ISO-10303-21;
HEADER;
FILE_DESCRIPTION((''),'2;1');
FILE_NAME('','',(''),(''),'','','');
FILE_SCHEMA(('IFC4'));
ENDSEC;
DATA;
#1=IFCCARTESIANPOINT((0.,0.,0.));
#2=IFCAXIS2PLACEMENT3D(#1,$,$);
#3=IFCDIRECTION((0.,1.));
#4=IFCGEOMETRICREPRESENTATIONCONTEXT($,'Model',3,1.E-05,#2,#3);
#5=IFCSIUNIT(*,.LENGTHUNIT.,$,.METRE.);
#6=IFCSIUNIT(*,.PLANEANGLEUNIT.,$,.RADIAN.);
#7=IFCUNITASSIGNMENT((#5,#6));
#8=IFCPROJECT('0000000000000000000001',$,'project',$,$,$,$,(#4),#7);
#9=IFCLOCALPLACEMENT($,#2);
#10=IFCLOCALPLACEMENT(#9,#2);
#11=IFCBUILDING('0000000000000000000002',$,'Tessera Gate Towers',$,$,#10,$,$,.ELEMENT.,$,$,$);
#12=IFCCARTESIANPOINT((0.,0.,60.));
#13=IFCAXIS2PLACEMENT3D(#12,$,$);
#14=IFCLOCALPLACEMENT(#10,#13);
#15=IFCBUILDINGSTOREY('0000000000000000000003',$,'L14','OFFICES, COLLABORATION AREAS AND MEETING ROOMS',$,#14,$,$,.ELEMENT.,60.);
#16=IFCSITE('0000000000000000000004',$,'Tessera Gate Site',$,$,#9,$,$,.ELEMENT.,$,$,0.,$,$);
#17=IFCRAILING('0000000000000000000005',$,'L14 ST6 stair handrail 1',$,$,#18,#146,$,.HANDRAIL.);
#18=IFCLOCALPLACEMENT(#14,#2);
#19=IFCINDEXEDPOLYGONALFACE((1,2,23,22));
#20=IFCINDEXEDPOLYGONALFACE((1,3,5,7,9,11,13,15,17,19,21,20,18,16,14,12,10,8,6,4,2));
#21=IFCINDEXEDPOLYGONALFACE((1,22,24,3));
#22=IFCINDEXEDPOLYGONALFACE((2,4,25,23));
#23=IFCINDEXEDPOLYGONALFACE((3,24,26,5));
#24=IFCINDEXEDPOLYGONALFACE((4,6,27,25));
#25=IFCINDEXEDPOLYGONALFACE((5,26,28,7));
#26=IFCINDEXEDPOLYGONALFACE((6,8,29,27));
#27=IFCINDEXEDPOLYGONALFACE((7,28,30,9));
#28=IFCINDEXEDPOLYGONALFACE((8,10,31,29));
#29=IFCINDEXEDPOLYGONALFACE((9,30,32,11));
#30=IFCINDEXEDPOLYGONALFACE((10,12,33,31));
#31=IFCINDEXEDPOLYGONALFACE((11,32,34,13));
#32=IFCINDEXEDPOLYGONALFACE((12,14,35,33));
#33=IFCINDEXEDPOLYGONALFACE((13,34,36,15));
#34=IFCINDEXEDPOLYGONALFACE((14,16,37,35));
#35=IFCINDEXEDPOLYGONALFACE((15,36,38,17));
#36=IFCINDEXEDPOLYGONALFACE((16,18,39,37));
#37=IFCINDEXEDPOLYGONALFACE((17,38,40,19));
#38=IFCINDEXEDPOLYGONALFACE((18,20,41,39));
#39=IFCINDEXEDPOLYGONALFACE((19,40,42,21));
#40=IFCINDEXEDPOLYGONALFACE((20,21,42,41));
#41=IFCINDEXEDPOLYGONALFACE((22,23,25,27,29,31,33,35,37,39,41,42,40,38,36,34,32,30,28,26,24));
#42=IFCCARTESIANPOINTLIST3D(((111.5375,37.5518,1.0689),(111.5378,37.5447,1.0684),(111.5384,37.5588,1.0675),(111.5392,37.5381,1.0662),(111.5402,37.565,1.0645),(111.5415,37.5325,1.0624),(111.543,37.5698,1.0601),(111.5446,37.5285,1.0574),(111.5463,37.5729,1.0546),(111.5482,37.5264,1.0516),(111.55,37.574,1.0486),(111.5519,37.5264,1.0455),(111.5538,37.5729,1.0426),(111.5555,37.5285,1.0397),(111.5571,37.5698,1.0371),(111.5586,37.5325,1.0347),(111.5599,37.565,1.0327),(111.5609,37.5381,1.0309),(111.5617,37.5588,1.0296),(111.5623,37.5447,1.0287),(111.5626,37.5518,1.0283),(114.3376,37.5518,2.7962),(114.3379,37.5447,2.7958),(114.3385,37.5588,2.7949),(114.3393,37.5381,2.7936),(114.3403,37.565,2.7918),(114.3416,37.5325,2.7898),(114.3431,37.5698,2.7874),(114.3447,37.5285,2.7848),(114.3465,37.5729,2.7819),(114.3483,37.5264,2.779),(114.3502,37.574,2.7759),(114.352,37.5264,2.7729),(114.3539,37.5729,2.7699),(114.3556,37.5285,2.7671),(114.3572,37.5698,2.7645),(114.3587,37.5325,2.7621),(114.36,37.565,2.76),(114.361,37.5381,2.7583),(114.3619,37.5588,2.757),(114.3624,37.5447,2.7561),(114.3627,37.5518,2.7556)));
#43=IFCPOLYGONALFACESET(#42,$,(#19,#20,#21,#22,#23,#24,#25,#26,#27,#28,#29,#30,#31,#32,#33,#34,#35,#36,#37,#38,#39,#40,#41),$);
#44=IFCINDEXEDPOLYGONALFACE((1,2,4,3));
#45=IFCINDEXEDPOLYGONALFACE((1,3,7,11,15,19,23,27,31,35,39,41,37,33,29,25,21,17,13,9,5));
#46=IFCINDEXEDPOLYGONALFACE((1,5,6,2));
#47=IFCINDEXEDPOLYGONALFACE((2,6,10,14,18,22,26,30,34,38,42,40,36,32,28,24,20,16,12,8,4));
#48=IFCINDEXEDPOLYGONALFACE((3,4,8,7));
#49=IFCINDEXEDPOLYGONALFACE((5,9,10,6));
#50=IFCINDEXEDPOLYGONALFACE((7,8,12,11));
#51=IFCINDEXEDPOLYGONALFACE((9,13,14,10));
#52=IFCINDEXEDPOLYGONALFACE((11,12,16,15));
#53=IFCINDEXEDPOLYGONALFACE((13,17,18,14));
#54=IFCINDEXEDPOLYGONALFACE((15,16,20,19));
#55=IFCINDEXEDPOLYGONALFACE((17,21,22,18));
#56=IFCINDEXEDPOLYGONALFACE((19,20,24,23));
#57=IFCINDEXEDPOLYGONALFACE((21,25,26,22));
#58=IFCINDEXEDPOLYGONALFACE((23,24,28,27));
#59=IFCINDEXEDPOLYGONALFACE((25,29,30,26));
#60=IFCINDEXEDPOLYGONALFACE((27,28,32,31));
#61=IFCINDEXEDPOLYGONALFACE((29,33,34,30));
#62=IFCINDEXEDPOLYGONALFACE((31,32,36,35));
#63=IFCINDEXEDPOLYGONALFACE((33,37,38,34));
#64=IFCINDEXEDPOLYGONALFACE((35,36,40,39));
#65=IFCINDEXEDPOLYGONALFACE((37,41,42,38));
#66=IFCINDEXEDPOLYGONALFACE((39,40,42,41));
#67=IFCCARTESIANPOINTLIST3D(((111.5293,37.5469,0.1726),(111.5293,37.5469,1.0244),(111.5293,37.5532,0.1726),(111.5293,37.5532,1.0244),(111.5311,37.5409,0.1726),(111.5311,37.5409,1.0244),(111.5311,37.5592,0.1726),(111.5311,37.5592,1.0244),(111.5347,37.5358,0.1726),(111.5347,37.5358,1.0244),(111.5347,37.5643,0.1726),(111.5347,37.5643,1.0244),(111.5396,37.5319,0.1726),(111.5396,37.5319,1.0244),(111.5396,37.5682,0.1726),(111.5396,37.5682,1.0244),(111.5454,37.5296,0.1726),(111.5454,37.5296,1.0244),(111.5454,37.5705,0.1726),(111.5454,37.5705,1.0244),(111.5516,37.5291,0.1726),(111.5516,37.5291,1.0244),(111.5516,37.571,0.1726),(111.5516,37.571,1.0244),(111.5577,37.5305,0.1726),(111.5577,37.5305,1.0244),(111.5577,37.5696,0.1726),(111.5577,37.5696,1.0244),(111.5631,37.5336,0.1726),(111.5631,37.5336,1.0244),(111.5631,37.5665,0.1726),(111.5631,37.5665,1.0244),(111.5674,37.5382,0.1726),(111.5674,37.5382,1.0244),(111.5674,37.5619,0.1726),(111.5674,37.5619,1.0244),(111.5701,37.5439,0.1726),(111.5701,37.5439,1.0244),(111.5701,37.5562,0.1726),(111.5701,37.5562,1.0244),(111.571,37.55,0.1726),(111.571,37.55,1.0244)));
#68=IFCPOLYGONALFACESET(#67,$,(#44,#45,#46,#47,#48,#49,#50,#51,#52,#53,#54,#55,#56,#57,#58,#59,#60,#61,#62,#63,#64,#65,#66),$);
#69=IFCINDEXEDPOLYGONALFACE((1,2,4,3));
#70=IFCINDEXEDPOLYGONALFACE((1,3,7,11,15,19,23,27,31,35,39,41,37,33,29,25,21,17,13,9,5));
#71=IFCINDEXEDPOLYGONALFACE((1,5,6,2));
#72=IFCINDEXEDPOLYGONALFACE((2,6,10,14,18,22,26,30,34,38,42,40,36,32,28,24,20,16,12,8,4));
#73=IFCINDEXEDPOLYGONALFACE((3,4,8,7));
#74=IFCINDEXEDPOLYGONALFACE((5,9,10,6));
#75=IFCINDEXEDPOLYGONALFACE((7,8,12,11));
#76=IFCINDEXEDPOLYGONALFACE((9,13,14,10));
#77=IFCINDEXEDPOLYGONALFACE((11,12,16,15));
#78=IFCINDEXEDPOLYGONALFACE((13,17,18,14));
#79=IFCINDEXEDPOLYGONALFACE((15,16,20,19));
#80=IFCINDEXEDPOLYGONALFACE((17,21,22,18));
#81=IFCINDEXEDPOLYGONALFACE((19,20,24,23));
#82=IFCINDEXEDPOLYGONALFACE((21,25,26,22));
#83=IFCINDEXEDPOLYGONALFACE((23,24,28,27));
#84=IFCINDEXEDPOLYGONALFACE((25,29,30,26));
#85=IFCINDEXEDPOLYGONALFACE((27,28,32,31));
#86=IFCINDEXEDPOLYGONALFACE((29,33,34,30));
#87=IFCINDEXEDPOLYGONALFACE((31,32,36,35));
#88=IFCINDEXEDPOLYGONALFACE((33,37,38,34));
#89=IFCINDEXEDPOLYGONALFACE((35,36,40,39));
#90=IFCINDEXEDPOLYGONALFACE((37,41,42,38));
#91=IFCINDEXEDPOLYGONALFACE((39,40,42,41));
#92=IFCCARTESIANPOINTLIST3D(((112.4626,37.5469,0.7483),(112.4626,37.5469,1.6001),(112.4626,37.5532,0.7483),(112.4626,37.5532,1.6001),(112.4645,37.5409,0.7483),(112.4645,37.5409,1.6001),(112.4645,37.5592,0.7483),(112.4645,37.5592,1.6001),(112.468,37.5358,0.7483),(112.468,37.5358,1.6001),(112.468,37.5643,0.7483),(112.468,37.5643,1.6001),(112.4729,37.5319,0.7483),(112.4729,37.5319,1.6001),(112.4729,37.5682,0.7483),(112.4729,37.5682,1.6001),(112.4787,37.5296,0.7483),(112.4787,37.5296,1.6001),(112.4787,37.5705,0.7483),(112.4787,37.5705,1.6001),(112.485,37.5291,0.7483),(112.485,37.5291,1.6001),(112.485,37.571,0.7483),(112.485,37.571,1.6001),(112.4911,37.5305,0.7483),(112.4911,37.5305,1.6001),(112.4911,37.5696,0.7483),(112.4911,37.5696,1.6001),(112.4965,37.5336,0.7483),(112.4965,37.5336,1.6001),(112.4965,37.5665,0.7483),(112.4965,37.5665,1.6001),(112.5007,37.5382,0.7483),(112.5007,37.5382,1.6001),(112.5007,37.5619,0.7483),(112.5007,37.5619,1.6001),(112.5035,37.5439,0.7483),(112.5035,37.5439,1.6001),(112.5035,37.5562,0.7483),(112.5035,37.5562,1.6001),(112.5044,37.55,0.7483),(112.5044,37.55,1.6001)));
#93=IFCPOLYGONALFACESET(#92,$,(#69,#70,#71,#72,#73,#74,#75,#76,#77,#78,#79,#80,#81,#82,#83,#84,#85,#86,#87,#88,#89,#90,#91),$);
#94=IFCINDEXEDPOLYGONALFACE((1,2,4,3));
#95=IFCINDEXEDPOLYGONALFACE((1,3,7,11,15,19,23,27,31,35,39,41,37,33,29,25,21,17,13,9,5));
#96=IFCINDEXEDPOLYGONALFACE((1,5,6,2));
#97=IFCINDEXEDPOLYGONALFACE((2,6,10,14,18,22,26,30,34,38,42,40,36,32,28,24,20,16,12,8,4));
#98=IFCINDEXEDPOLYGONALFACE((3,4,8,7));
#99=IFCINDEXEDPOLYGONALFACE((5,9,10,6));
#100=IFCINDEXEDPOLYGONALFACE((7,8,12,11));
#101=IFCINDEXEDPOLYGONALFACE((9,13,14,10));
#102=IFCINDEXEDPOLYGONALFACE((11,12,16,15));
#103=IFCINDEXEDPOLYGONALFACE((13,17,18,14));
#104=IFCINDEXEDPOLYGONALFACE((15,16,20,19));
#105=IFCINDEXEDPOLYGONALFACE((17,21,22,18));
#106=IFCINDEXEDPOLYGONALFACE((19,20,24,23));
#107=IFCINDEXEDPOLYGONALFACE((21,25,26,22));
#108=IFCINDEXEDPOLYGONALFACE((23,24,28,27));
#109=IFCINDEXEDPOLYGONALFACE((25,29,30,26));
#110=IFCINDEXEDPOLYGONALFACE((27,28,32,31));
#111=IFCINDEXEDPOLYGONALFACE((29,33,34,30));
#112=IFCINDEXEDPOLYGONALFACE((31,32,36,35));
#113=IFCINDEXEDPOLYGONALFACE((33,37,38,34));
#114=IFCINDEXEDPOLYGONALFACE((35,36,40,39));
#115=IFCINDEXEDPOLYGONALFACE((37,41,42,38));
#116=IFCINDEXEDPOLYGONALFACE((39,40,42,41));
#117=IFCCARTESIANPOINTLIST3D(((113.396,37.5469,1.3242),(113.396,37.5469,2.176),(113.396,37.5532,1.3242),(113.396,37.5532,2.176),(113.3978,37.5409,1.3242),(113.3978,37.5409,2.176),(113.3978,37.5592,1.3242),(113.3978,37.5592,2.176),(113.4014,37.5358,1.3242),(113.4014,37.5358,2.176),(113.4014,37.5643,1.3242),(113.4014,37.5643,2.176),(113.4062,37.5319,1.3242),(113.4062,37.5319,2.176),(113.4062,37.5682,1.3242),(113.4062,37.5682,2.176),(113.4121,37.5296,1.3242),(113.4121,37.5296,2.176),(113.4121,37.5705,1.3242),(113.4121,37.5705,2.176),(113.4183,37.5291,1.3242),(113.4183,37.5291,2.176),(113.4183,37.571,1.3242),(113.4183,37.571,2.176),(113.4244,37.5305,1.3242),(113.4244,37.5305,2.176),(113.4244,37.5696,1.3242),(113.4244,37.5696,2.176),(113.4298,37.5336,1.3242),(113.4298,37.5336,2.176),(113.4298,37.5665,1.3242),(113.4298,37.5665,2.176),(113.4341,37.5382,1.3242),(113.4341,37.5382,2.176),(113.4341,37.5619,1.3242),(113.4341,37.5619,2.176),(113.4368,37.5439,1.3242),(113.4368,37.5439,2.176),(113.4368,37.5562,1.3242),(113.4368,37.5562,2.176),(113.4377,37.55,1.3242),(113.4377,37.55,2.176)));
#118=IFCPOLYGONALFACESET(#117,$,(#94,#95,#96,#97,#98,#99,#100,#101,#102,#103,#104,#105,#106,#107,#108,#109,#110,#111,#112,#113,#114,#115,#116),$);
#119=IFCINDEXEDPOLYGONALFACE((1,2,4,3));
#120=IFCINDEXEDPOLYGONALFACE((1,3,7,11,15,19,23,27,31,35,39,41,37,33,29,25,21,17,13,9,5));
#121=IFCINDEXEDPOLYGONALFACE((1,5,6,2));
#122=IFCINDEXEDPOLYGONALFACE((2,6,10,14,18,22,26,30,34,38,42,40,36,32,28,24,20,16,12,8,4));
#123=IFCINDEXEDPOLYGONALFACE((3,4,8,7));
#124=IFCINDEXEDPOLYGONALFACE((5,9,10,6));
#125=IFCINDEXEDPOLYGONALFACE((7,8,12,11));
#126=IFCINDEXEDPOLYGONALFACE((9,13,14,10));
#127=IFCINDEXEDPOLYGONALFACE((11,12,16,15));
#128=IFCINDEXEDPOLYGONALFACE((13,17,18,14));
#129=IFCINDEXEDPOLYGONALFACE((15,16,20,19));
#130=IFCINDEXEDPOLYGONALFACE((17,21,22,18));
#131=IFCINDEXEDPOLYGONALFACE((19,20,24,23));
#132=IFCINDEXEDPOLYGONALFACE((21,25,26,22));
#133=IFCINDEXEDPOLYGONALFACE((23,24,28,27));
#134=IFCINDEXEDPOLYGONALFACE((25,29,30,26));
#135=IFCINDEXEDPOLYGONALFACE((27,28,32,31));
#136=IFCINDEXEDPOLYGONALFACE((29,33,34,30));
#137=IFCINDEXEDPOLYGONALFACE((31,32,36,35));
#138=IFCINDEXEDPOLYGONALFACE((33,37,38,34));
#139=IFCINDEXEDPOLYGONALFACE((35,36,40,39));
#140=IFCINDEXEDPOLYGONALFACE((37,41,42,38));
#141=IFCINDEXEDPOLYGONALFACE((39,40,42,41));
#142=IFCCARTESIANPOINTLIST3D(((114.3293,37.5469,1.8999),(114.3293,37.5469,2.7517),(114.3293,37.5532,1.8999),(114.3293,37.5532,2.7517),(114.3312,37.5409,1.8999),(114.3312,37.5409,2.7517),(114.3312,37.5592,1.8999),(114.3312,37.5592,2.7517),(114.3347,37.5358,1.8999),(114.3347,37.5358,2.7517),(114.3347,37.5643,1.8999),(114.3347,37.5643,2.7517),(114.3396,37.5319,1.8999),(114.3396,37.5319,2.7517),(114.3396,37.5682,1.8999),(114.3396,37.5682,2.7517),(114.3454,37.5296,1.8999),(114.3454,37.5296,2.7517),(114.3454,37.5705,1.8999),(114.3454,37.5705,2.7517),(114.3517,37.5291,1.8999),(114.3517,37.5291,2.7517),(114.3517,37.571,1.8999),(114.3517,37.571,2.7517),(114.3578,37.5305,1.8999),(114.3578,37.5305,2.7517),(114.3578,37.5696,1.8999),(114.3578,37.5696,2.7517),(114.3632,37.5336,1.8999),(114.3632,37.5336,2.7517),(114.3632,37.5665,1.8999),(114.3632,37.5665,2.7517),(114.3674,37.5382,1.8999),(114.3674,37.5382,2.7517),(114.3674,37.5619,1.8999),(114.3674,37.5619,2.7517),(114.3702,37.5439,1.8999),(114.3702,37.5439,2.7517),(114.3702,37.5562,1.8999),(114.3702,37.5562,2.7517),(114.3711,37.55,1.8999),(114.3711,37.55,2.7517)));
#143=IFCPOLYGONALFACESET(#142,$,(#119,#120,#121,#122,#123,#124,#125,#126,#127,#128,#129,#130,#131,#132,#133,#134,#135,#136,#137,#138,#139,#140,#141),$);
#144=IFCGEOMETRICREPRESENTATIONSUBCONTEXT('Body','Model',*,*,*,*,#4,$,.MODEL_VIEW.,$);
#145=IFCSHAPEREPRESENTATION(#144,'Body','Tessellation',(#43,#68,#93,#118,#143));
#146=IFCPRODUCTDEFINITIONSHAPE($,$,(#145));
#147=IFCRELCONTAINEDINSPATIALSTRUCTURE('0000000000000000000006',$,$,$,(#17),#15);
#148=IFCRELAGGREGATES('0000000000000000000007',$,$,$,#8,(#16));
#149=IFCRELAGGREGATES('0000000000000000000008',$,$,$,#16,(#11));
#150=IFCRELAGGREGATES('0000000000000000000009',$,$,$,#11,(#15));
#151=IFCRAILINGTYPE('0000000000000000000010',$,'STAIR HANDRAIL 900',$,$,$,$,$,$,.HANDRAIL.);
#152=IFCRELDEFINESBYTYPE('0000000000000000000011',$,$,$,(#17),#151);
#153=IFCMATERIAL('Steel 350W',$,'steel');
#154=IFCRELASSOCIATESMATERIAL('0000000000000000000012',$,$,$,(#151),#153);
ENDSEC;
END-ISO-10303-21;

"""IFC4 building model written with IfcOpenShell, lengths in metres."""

from ifc_helpers import new_model, si_unit, direction, frame, origin, origin_2d, place, context, subcontext, project, spatial, circle, extrude, material, type_object, element, save


model = new_model("IFC4")

# Units and contexts
model_context = context("Model", 3, precision=1e-05, world=origin(), true_north=direction((0.0, 1.0)))
body_context = subcontext(model_context, "Body", "Model", "MODEL_VIEW")
ifc_project = project(units=[si_unit("LENGTHUNIT", "METRE"), si_unit("PLANEANGLEUNIT", "RADIAN")], contexts=[model_context])

# Site, building, storey
site_placement = place(None, origin())
site = spatial("IfcSite", under=ifc_project, at=site_placement, Name="Tessera Gate Site", CompositionType="ELEMENT", RefElevation=0.0)
building_placement = place(site_placement, origin())
building = spatial("IfcBuilding", under=site, at=building_placement, Name="Tessera Gate Towers", CompositionType="ELEMENT")
storey_placement = place(building_placement, frame((0.0, 0.0, 60.0)))
storey = spatial("IfcBuildingStorey", under=building, at=storey_placement, Name="L14", Description="OFFICES, COLLABORATION AREAS AND MEETING ROOMS", CompositionType="ELEMENT", Elevation=60.0)

# Railing
ifc_material_1 = material(Name="Steel 350W", Category="steel")
railing_type_1 = type_object("IfcRailingType", Name="STAIR HANDRAIL 900", PredefinedType="HANDRAIL", material=ifc_material_1)
railing_1_placement = place(storey_placement, frame((111.55, 37.55, 0.1726)))
element("IfcRailing", 1, at=railing_1_placement, inside=storey, type_object=railing_type_1, Name="L14 ST6 stair handrail 1", PredefinedType="HANDRAIL", context=body_context, shape_type="SweptSolid", body=[
    extrude(circle(Radius=0.0239, at=origin_2d()), frame((0.0, 0.0, 0.876), z_axis=(0.85109, 0.0, 0.52502), x_axis=(0.0, 1.0, 0.0)), (0.0, 0.0, 1.0), 3.29),
    extrude(circle(Radius=0.021, at=origin_2d()), origin(), (0.0, 0.0, 1.0), 0.8518),
    extrude(circle(Radius=0.021, at=origin_2d()), frame((0.9333, 0.0, 0.5757)), (0.0, 0.0, 1.0), 0.8518),
    extrude(circle(Radius=0.021, at=origin_2d()), frame((1.8667, 0.0, 1.1516)), (0.0, 0.0, 1.0), 0.8518),
    extrude(circle(Radius=0.021, at=origin_2d()), frame((2.8, 0.0, 1.7273)), (0.0, 0.0, 1.0), 0.8518),
])

save(model, "model.ifc")
